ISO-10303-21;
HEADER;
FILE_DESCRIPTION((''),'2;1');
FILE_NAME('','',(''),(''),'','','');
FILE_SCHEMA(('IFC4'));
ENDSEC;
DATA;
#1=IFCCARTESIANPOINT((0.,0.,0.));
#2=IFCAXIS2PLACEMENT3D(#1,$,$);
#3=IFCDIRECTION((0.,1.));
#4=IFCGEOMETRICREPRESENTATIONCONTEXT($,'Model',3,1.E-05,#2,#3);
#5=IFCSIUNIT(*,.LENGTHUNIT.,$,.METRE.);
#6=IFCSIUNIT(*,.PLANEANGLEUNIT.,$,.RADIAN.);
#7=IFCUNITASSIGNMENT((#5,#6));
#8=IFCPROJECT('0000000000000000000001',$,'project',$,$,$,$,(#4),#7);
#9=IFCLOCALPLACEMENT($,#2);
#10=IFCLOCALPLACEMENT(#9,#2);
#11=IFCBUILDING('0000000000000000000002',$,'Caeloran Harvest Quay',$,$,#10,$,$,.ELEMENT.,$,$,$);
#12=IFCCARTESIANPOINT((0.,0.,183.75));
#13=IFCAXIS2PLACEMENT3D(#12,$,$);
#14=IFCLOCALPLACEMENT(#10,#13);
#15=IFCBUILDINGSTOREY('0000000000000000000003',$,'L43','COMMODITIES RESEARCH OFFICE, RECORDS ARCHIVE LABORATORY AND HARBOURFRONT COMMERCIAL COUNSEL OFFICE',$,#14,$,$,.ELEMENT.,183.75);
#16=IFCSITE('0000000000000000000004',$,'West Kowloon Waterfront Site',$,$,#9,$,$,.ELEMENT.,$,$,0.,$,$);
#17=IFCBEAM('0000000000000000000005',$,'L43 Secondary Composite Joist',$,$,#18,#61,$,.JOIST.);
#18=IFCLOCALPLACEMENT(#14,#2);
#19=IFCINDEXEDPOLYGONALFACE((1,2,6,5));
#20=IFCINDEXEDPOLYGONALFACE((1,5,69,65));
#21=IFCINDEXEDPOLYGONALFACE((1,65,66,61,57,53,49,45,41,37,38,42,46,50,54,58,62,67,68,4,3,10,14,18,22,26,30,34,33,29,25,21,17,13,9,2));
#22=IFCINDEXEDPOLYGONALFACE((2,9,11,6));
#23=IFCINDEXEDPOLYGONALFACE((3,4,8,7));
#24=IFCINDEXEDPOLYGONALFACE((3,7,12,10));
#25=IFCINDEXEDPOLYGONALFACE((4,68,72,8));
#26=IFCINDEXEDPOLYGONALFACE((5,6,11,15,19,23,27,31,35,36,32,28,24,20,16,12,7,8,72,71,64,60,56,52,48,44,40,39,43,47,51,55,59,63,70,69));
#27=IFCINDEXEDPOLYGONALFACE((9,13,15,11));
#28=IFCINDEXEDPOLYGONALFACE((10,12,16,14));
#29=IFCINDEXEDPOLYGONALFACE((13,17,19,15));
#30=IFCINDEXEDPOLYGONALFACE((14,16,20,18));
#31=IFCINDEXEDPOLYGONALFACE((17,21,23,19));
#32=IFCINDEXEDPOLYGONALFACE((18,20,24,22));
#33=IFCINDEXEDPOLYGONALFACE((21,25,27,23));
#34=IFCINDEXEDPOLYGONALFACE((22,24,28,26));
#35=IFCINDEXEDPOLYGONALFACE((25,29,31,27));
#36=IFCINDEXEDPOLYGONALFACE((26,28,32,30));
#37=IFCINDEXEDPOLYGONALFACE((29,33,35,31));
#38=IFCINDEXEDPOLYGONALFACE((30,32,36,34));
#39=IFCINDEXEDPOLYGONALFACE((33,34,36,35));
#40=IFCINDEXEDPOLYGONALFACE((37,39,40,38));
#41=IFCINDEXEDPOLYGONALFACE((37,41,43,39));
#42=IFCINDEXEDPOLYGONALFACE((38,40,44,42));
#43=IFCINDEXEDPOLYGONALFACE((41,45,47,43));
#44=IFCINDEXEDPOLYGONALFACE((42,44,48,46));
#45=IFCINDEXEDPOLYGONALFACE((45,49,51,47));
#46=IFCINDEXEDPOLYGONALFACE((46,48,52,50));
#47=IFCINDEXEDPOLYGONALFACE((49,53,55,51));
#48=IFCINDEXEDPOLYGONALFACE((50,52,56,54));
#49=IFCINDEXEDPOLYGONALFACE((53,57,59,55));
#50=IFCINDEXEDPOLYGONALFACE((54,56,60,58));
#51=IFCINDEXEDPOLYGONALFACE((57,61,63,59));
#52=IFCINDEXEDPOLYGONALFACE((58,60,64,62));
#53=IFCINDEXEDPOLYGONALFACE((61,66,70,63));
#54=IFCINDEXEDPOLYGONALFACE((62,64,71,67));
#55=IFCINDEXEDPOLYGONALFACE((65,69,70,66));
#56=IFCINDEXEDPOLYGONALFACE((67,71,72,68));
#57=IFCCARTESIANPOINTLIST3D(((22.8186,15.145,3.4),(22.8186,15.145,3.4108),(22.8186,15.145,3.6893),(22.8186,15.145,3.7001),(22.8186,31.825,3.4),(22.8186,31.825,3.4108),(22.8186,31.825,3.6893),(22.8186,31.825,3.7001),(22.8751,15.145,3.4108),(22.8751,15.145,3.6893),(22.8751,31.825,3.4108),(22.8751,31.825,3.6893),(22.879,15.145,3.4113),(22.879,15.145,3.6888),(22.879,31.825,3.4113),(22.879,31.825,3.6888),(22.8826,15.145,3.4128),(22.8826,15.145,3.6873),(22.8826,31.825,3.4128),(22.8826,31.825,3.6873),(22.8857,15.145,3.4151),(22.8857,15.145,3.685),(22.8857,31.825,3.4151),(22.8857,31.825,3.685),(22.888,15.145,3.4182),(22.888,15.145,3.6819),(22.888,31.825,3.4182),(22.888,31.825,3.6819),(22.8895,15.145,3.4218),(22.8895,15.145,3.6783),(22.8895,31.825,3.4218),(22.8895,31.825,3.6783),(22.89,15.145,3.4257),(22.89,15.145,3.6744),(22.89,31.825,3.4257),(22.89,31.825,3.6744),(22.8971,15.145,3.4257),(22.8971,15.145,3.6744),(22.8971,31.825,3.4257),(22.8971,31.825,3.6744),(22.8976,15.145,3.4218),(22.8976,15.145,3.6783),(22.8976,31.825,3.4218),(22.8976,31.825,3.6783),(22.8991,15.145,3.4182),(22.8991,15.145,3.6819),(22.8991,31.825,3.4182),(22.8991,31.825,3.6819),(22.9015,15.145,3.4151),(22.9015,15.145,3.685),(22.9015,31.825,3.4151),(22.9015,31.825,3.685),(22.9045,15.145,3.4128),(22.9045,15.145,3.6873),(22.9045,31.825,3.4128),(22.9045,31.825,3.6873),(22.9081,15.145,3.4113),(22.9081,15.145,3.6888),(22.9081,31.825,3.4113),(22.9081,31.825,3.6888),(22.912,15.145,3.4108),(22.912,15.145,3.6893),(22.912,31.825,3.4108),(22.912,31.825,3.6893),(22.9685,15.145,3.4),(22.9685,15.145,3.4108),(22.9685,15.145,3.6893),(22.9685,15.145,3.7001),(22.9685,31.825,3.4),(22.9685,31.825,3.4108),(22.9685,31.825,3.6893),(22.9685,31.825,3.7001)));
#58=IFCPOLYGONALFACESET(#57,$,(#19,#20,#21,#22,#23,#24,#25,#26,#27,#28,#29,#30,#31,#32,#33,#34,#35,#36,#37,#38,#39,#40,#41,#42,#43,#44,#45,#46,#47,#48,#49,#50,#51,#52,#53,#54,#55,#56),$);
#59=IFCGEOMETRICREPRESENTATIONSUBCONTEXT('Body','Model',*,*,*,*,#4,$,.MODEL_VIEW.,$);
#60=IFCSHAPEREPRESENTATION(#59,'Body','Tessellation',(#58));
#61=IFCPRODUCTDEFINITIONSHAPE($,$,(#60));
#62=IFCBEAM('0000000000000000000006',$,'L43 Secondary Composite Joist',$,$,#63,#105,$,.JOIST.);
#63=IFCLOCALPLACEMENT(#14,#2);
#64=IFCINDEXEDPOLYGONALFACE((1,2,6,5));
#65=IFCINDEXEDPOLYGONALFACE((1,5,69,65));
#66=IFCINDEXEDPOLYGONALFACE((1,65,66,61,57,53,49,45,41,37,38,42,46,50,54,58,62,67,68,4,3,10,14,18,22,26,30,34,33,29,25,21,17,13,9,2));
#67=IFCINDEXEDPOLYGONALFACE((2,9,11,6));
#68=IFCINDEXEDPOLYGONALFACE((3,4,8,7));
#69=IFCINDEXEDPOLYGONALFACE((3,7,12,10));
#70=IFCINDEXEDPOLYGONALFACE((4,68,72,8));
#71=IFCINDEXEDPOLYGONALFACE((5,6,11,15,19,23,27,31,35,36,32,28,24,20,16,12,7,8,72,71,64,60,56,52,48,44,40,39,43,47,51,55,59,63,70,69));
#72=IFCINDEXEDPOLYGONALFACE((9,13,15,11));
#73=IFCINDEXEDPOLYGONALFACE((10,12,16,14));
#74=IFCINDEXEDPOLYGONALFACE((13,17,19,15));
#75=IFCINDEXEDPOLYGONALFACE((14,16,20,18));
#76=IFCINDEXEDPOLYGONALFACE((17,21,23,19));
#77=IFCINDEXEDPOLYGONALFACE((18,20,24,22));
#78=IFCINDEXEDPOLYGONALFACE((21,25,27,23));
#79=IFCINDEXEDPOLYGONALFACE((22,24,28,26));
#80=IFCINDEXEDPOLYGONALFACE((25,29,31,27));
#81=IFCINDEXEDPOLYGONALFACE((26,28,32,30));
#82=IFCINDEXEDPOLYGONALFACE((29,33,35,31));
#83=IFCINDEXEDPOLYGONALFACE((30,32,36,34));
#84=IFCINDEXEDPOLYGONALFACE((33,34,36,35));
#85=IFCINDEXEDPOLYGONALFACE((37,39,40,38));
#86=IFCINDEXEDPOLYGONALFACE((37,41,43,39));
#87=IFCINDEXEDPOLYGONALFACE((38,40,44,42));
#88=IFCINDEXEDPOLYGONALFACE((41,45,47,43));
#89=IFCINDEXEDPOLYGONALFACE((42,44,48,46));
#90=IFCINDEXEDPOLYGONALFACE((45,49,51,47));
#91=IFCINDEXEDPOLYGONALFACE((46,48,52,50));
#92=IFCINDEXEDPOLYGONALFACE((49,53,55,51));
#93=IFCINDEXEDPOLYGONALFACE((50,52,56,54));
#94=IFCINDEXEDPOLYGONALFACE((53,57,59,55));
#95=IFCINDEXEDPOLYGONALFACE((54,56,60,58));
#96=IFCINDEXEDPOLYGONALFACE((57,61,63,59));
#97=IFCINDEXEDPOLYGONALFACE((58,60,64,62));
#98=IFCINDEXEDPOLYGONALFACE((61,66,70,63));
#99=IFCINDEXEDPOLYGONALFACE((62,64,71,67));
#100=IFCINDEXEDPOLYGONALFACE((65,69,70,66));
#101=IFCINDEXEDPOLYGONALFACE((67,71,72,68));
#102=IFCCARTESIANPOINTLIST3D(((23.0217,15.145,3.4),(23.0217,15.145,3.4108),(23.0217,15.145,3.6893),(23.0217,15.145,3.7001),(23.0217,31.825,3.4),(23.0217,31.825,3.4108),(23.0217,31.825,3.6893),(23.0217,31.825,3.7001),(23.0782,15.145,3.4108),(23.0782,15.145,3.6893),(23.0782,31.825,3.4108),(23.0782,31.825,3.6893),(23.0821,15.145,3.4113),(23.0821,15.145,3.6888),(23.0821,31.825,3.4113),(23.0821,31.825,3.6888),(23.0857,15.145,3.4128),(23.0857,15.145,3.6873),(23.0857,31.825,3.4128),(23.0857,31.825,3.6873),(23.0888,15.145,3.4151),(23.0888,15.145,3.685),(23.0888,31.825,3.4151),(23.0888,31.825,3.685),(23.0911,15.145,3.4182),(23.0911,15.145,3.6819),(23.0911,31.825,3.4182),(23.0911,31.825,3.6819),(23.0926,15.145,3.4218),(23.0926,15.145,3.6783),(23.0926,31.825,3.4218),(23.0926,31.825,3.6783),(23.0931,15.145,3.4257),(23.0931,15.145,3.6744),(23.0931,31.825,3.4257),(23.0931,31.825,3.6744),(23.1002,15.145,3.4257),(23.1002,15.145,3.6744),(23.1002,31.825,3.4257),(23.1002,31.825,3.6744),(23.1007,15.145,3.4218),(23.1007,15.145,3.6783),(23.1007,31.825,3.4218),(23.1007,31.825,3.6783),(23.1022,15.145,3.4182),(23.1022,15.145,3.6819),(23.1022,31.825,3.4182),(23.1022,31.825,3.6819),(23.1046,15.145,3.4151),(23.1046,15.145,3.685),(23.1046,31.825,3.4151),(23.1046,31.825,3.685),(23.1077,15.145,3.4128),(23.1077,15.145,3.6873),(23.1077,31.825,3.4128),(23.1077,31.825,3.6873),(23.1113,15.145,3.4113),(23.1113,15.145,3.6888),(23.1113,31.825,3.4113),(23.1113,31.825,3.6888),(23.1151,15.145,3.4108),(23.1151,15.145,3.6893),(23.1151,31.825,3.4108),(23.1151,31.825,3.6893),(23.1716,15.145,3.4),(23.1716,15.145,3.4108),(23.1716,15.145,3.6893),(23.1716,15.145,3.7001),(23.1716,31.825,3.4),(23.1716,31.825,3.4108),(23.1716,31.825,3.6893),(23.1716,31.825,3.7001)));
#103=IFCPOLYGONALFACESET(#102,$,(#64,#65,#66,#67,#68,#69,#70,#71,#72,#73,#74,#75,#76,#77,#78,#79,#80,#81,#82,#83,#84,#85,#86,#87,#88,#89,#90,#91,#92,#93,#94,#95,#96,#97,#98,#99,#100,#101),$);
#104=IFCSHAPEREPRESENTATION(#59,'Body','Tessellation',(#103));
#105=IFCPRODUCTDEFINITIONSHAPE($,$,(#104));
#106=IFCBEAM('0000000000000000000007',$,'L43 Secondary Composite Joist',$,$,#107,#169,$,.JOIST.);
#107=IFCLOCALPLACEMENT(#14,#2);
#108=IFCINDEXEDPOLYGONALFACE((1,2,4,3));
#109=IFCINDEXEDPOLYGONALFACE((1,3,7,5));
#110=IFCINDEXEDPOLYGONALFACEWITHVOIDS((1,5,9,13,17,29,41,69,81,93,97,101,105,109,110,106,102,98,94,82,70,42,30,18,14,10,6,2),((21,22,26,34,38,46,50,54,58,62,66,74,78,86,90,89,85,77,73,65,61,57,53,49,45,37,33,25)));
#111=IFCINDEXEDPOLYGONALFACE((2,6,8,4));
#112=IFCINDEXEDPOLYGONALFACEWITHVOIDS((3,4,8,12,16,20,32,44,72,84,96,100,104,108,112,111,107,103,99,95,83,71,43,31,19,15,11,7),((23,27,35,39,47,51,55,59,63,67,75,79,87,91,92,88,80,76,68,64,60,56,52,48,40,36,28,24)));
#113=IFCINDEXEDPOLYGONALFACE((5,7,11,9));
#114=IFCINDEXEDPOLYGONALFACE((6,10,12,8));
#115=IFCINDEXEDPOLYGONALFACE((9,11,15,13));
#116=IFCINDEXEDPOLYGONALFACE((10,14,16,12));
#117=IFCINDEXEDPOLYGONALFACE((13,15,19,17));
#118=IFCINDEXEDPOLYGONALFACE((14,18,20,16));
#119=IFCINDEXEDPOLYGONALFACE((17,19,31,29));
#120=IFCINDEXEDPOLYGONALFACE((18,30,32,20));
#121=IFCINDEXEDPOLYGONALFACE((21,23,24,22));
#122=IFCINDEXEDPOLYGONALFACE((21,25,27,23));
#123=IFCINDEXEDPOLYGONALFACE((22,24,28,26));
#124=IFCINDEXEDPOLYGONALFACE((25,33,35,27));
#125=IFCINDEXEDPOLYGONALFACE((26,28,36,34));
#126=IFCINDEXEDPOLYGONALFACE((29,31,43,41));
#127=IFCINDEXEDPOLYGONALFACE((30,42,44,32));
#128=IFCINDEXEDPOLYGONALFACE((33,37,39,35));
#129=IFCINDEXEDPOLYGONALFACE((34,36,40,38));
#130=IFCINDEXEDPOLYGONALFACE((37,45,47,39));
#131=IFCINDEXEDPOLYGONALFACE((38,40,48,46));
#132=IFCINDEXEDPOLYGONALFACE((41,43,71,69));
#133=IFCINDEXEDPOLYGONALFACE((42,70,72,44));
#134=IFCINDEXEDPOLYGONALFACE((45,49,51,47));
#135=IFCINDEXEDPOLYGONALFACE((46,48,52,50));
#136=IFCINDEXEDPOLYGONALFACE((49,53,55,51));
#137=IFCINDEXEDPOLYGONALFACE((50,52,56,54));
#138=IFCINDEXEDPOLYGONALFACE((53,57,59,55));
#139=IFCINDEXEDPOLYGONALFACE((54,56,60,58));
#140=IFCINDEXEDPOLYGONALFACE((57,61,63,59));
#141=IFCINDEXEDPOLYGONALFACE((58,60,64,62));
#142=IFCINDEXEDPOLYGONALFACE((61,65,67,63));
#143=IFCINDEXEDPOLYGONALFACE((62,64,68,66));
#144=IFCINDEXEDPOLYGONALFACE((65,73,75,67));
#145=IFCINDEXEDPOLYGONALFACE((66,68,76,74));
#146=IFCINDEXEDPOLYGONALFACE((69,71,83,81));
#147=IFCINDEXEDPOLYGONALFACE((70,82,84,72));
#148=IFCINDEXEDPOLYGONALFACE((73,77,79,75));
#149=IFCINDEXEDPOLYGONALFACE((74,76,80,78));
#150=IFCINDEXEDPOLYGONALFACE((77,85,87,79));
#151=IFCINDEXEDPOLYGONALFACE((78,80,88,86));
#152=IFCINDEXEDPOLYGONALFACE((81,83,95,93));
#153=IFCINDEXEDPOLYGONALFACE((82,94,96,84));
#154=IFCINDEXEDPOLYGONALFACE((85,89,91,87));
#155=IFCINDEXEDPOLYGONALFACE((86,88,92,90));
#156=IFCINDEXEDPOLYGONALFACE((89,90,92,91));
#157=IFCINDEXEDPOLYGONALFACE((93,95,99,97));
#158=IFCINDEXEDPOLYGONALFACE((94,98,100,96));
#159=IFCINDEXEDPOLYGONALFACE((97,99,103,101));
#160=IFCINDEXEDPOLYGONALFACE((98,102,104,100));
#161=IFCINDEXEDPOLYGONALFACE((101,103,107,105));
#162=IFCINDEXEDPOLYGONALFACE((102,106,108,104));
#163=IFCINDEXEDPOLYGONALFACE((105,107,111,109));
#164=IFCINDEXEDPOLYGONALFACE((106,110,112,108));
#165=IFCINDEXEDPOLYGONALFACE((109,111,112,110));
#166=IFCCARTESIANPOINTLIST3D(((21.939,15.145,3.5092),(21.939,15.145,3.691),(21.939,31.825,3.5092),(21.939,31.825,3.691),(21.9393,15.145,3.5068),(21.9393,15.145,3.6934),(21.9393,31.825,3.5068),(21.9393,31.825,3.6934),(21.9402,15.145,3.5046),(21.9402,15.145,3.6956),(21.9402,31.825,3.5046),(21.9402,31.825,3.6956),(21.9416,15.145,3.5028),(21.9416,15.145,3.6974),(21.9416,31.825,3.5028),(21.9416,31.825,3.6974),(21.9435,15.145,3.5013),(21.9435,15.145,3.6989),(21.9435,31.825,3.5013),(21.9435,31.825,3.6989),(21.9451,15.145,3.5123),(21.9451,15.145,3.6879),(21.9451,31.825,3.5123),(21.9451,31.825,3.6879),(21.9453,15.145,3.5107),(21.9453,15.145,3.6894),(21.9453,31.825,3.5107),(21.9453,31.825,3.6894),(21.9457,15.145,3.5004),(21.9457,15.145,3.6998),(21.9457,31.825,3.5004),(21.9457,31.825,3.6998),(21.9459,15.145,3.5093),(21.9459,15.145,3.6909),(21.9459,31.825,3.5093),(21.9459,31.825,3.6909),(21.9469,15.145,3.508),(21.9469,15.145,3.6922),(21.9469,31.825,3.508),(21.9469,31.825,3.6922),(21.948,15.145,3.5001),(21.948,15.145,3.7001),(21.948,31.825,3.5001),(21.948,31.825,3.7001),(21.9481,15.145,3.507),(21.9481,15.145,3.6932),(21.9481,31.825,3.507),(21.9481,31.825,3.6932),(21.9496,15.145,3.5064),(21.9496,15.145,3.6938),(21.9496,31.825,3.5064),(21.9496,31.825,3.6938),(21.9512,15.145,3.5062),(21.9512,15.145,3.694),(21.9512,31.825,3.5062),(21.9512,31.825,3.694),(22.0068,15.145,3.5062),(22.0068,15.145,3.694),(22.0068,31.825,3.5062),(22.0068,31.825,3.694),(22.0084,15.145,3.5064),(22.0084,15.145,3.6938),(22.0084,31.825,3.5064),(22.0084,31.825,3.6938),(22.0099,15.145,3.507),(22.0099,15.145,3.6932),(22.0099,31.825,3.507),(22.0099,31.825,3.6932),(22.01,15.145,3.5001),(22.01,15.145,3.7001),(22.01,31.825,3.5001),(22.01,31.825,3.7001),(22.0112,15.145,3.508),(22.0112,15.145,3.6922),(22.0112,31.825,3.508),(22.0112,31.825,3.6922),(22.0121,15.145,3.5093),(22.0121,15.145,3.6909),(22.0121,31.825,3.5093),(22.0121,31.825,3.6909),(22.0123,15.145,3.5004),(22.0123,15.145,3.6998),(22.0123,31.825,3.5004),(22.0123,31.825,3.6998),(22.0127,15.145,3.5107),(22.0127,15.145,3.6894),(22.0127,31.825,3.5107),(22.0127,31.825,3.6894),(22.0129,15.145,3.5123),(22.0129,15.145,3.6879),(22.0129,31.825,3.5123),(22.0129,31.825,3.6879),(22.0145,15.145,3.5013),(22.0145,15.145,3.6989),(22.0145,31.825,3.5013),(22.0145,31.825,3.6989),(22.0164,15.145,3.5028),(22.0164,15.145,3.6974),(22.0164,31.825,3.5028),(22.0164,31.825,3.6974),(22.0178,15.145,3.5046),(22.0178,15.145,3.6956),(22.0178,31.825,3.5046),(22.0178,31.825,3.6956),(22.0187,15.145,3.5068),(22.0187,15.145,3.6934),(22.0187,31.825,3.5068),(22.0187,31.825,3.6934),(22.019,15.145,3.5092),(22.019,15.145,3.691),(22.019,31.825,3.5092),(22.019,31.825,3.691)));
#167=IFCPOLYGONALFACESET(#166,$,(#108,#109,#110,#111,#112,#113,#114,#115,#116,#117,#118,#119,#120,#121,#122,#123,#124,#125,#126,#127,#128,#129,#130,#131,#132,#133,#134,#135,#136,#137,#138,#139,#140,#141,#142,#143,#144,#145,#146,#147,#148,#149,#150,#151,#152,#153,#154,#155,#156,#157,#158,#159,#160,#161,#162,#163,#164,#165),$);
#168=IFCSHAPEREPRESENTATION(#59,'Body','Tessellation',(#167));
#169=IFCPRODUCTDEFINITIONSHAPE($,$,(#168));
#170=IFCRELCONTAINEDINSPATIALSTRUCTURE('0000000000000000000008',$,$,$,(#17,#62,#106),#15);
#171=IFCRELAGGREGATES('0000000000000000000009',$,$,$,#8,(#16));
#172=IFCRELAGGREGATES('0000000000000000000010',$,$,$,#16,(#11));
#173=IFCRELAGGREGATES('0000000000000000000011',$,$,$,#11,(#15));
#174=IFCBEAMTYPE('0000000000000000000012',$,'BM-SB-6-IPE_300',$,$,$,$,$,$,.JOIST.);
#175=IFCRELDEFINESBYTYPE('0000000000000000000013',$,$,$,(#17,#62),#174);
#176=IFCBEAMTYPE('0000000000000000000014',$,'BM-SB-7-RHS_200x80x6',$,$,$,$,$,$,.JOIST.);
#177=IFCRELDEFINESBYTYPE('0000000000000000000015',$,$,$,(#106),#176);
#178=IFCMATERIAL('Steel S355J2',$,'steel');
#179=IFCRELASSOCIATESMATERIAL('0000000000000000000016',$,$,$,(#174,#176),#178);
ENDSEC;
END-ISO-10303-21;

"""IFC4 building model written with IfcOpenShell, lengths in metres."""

from ifc_helpers import new_model, si_unit, direction, frame, origin, origin_2d, place, context, subcontext, project, spatial, hollow_rectangle, i_section, extrude, material, material_profile, profile_set, type_object, element, save


model = new_model("IFC4")

# Units and contexts
model_context = context("Model", 3, precision=1e-05, world=origin(), true_north=direction((0.0, 1.0)))
body_context = subcontext(model_context, "Body", "Model", "MODEL_VIEW")
ifc_project = project(units=[si_unit("LENGTHUNIT", "METRE"), si_unit("PLANEANGLEUNIT", "RADIAN")], contexts=[model_context])

# Site, building, storey
site_placement = place(None, origin())
site = spatial("IfcSite", under=ifc_project, at=site_placement, Name="West Kowloon Waterfront Site", CompositionType="ELEMENT", RefElevation=0.0)
building_placement = place(site_placement, origin())
building = spatial("IfcBuilding", under=site, at=building_placement, Name="Caeloran Harvest Quay", CompositionType="ELEMENT")
storey_placement = place(building_placement, frame((0.0, 0.0, 183.75)))
storey = spatial("IfcBuildingStorey", under=building, at=storey_placement, Name="L43", Description="COMMODITIES RESEARCH OFFICE, RECORDS ARCHIVE LABORATORY AND HARBOURFRONT COMMERCIAL COUNSEL OFFICE", CompositionType="ELEMENT", Elevation=183.75)

# Beams
ifc_material_1 = material(Name="Steel S355J2", Category="steel")
ifc_material_profile_1 = material_profile(ifc_material_1, i_section(OverallWidth=0.1499, OverallDepth=0.3, WebThickness=0.0071, FlangeThickness=0.0107, FilletRadius=0.0149, at=origin_2d()), Name="IPE 300")
ifc_profile_set_1 = profile_set([ifc_material_profile_1], Name="Steel S355J2")
beam_type_1 = type_object("IfcBeamType", Name="BM-SB-6-IPE_300", PredefinedType="JOIST", material=ifc_profile_set_1)
for number, where, z_axis, x_axis, name in (
    (1, (22.8936, 15.145, 3.55), (0.0, 1.0, 0.0), (-1.0, 0.0, 0.0), "L43 Secondary Composite Joist"),
    (2, (23.0967, 15.145, 3.55), (0.0, 1.0, 0.0), (-1.0, 0.0, 0.0), "L43 Secondary Composite Joist"),
):
    element("IfcBeam", number, at=place(storey_placement, frame(where, z_axis=z_axis, x_axis=x_axis)), inside=storey, type_object=beam_type_1, Name=name, PredefinedType="JOIST", context=body_context, shape_type="SweptSolid", body=[
        extrude(i_section(OverallWidth=0.1499, OverallDepth=0.3, WebThickness=0.0071, FlangeThickness=0.0107, FilletRadius=0.0149, at=origin_2d()), origin(), (0.0, 0.0, 1.0), 16.6799),
    ])
ifc_material_profile_2 = material_profile(ifc_material_1, hollow_rectangle(XDim=0.0801, YDim=0.2, WallThickness=0.0061, InnerFilletRadius=0.0061, OuterFilletRadius=0.009, at=origin_2d()), Name="RHS 200x80x6")
ifc_profile_set_2 = profile_set([ifc_material_profile_2], Name="Steel S355J2")
beam_type_2 = type_object("IfcBeamType", Name="BM-SB-7-RHS_200x80x6", PredefinedType="JOIST", material=ifc_profile_set_2)
for number, where, z_axis, x_axis, name in (
    (3, (21.979, 15.145, 3.6001), (0.0, 1.0, 0.0), (-1.0, 0.0, 0.0), "L43 Secondary Composite Joist"),
):
    element("IfcBeam", number, at=place(storey_placement, frame(where, z_axis=z_axis, x_axis=x_axis)), inside=storey, type_object=beam_type_2, Name=name, PredefinedType="JOIST", context=body_context, shape_type="SweptSolid", body=[
        extrude(hollow_rectangle(XDim=0.0801, YDim=0.2, WallThickness=0.0061, InnerFilletRadius=0.0061, OuterFilletRadius=0.009, at=origin_2d()), origin(), (0.0, 0.0, 1.0), 16.6799),
    ])

save(model, "model.ifc")
